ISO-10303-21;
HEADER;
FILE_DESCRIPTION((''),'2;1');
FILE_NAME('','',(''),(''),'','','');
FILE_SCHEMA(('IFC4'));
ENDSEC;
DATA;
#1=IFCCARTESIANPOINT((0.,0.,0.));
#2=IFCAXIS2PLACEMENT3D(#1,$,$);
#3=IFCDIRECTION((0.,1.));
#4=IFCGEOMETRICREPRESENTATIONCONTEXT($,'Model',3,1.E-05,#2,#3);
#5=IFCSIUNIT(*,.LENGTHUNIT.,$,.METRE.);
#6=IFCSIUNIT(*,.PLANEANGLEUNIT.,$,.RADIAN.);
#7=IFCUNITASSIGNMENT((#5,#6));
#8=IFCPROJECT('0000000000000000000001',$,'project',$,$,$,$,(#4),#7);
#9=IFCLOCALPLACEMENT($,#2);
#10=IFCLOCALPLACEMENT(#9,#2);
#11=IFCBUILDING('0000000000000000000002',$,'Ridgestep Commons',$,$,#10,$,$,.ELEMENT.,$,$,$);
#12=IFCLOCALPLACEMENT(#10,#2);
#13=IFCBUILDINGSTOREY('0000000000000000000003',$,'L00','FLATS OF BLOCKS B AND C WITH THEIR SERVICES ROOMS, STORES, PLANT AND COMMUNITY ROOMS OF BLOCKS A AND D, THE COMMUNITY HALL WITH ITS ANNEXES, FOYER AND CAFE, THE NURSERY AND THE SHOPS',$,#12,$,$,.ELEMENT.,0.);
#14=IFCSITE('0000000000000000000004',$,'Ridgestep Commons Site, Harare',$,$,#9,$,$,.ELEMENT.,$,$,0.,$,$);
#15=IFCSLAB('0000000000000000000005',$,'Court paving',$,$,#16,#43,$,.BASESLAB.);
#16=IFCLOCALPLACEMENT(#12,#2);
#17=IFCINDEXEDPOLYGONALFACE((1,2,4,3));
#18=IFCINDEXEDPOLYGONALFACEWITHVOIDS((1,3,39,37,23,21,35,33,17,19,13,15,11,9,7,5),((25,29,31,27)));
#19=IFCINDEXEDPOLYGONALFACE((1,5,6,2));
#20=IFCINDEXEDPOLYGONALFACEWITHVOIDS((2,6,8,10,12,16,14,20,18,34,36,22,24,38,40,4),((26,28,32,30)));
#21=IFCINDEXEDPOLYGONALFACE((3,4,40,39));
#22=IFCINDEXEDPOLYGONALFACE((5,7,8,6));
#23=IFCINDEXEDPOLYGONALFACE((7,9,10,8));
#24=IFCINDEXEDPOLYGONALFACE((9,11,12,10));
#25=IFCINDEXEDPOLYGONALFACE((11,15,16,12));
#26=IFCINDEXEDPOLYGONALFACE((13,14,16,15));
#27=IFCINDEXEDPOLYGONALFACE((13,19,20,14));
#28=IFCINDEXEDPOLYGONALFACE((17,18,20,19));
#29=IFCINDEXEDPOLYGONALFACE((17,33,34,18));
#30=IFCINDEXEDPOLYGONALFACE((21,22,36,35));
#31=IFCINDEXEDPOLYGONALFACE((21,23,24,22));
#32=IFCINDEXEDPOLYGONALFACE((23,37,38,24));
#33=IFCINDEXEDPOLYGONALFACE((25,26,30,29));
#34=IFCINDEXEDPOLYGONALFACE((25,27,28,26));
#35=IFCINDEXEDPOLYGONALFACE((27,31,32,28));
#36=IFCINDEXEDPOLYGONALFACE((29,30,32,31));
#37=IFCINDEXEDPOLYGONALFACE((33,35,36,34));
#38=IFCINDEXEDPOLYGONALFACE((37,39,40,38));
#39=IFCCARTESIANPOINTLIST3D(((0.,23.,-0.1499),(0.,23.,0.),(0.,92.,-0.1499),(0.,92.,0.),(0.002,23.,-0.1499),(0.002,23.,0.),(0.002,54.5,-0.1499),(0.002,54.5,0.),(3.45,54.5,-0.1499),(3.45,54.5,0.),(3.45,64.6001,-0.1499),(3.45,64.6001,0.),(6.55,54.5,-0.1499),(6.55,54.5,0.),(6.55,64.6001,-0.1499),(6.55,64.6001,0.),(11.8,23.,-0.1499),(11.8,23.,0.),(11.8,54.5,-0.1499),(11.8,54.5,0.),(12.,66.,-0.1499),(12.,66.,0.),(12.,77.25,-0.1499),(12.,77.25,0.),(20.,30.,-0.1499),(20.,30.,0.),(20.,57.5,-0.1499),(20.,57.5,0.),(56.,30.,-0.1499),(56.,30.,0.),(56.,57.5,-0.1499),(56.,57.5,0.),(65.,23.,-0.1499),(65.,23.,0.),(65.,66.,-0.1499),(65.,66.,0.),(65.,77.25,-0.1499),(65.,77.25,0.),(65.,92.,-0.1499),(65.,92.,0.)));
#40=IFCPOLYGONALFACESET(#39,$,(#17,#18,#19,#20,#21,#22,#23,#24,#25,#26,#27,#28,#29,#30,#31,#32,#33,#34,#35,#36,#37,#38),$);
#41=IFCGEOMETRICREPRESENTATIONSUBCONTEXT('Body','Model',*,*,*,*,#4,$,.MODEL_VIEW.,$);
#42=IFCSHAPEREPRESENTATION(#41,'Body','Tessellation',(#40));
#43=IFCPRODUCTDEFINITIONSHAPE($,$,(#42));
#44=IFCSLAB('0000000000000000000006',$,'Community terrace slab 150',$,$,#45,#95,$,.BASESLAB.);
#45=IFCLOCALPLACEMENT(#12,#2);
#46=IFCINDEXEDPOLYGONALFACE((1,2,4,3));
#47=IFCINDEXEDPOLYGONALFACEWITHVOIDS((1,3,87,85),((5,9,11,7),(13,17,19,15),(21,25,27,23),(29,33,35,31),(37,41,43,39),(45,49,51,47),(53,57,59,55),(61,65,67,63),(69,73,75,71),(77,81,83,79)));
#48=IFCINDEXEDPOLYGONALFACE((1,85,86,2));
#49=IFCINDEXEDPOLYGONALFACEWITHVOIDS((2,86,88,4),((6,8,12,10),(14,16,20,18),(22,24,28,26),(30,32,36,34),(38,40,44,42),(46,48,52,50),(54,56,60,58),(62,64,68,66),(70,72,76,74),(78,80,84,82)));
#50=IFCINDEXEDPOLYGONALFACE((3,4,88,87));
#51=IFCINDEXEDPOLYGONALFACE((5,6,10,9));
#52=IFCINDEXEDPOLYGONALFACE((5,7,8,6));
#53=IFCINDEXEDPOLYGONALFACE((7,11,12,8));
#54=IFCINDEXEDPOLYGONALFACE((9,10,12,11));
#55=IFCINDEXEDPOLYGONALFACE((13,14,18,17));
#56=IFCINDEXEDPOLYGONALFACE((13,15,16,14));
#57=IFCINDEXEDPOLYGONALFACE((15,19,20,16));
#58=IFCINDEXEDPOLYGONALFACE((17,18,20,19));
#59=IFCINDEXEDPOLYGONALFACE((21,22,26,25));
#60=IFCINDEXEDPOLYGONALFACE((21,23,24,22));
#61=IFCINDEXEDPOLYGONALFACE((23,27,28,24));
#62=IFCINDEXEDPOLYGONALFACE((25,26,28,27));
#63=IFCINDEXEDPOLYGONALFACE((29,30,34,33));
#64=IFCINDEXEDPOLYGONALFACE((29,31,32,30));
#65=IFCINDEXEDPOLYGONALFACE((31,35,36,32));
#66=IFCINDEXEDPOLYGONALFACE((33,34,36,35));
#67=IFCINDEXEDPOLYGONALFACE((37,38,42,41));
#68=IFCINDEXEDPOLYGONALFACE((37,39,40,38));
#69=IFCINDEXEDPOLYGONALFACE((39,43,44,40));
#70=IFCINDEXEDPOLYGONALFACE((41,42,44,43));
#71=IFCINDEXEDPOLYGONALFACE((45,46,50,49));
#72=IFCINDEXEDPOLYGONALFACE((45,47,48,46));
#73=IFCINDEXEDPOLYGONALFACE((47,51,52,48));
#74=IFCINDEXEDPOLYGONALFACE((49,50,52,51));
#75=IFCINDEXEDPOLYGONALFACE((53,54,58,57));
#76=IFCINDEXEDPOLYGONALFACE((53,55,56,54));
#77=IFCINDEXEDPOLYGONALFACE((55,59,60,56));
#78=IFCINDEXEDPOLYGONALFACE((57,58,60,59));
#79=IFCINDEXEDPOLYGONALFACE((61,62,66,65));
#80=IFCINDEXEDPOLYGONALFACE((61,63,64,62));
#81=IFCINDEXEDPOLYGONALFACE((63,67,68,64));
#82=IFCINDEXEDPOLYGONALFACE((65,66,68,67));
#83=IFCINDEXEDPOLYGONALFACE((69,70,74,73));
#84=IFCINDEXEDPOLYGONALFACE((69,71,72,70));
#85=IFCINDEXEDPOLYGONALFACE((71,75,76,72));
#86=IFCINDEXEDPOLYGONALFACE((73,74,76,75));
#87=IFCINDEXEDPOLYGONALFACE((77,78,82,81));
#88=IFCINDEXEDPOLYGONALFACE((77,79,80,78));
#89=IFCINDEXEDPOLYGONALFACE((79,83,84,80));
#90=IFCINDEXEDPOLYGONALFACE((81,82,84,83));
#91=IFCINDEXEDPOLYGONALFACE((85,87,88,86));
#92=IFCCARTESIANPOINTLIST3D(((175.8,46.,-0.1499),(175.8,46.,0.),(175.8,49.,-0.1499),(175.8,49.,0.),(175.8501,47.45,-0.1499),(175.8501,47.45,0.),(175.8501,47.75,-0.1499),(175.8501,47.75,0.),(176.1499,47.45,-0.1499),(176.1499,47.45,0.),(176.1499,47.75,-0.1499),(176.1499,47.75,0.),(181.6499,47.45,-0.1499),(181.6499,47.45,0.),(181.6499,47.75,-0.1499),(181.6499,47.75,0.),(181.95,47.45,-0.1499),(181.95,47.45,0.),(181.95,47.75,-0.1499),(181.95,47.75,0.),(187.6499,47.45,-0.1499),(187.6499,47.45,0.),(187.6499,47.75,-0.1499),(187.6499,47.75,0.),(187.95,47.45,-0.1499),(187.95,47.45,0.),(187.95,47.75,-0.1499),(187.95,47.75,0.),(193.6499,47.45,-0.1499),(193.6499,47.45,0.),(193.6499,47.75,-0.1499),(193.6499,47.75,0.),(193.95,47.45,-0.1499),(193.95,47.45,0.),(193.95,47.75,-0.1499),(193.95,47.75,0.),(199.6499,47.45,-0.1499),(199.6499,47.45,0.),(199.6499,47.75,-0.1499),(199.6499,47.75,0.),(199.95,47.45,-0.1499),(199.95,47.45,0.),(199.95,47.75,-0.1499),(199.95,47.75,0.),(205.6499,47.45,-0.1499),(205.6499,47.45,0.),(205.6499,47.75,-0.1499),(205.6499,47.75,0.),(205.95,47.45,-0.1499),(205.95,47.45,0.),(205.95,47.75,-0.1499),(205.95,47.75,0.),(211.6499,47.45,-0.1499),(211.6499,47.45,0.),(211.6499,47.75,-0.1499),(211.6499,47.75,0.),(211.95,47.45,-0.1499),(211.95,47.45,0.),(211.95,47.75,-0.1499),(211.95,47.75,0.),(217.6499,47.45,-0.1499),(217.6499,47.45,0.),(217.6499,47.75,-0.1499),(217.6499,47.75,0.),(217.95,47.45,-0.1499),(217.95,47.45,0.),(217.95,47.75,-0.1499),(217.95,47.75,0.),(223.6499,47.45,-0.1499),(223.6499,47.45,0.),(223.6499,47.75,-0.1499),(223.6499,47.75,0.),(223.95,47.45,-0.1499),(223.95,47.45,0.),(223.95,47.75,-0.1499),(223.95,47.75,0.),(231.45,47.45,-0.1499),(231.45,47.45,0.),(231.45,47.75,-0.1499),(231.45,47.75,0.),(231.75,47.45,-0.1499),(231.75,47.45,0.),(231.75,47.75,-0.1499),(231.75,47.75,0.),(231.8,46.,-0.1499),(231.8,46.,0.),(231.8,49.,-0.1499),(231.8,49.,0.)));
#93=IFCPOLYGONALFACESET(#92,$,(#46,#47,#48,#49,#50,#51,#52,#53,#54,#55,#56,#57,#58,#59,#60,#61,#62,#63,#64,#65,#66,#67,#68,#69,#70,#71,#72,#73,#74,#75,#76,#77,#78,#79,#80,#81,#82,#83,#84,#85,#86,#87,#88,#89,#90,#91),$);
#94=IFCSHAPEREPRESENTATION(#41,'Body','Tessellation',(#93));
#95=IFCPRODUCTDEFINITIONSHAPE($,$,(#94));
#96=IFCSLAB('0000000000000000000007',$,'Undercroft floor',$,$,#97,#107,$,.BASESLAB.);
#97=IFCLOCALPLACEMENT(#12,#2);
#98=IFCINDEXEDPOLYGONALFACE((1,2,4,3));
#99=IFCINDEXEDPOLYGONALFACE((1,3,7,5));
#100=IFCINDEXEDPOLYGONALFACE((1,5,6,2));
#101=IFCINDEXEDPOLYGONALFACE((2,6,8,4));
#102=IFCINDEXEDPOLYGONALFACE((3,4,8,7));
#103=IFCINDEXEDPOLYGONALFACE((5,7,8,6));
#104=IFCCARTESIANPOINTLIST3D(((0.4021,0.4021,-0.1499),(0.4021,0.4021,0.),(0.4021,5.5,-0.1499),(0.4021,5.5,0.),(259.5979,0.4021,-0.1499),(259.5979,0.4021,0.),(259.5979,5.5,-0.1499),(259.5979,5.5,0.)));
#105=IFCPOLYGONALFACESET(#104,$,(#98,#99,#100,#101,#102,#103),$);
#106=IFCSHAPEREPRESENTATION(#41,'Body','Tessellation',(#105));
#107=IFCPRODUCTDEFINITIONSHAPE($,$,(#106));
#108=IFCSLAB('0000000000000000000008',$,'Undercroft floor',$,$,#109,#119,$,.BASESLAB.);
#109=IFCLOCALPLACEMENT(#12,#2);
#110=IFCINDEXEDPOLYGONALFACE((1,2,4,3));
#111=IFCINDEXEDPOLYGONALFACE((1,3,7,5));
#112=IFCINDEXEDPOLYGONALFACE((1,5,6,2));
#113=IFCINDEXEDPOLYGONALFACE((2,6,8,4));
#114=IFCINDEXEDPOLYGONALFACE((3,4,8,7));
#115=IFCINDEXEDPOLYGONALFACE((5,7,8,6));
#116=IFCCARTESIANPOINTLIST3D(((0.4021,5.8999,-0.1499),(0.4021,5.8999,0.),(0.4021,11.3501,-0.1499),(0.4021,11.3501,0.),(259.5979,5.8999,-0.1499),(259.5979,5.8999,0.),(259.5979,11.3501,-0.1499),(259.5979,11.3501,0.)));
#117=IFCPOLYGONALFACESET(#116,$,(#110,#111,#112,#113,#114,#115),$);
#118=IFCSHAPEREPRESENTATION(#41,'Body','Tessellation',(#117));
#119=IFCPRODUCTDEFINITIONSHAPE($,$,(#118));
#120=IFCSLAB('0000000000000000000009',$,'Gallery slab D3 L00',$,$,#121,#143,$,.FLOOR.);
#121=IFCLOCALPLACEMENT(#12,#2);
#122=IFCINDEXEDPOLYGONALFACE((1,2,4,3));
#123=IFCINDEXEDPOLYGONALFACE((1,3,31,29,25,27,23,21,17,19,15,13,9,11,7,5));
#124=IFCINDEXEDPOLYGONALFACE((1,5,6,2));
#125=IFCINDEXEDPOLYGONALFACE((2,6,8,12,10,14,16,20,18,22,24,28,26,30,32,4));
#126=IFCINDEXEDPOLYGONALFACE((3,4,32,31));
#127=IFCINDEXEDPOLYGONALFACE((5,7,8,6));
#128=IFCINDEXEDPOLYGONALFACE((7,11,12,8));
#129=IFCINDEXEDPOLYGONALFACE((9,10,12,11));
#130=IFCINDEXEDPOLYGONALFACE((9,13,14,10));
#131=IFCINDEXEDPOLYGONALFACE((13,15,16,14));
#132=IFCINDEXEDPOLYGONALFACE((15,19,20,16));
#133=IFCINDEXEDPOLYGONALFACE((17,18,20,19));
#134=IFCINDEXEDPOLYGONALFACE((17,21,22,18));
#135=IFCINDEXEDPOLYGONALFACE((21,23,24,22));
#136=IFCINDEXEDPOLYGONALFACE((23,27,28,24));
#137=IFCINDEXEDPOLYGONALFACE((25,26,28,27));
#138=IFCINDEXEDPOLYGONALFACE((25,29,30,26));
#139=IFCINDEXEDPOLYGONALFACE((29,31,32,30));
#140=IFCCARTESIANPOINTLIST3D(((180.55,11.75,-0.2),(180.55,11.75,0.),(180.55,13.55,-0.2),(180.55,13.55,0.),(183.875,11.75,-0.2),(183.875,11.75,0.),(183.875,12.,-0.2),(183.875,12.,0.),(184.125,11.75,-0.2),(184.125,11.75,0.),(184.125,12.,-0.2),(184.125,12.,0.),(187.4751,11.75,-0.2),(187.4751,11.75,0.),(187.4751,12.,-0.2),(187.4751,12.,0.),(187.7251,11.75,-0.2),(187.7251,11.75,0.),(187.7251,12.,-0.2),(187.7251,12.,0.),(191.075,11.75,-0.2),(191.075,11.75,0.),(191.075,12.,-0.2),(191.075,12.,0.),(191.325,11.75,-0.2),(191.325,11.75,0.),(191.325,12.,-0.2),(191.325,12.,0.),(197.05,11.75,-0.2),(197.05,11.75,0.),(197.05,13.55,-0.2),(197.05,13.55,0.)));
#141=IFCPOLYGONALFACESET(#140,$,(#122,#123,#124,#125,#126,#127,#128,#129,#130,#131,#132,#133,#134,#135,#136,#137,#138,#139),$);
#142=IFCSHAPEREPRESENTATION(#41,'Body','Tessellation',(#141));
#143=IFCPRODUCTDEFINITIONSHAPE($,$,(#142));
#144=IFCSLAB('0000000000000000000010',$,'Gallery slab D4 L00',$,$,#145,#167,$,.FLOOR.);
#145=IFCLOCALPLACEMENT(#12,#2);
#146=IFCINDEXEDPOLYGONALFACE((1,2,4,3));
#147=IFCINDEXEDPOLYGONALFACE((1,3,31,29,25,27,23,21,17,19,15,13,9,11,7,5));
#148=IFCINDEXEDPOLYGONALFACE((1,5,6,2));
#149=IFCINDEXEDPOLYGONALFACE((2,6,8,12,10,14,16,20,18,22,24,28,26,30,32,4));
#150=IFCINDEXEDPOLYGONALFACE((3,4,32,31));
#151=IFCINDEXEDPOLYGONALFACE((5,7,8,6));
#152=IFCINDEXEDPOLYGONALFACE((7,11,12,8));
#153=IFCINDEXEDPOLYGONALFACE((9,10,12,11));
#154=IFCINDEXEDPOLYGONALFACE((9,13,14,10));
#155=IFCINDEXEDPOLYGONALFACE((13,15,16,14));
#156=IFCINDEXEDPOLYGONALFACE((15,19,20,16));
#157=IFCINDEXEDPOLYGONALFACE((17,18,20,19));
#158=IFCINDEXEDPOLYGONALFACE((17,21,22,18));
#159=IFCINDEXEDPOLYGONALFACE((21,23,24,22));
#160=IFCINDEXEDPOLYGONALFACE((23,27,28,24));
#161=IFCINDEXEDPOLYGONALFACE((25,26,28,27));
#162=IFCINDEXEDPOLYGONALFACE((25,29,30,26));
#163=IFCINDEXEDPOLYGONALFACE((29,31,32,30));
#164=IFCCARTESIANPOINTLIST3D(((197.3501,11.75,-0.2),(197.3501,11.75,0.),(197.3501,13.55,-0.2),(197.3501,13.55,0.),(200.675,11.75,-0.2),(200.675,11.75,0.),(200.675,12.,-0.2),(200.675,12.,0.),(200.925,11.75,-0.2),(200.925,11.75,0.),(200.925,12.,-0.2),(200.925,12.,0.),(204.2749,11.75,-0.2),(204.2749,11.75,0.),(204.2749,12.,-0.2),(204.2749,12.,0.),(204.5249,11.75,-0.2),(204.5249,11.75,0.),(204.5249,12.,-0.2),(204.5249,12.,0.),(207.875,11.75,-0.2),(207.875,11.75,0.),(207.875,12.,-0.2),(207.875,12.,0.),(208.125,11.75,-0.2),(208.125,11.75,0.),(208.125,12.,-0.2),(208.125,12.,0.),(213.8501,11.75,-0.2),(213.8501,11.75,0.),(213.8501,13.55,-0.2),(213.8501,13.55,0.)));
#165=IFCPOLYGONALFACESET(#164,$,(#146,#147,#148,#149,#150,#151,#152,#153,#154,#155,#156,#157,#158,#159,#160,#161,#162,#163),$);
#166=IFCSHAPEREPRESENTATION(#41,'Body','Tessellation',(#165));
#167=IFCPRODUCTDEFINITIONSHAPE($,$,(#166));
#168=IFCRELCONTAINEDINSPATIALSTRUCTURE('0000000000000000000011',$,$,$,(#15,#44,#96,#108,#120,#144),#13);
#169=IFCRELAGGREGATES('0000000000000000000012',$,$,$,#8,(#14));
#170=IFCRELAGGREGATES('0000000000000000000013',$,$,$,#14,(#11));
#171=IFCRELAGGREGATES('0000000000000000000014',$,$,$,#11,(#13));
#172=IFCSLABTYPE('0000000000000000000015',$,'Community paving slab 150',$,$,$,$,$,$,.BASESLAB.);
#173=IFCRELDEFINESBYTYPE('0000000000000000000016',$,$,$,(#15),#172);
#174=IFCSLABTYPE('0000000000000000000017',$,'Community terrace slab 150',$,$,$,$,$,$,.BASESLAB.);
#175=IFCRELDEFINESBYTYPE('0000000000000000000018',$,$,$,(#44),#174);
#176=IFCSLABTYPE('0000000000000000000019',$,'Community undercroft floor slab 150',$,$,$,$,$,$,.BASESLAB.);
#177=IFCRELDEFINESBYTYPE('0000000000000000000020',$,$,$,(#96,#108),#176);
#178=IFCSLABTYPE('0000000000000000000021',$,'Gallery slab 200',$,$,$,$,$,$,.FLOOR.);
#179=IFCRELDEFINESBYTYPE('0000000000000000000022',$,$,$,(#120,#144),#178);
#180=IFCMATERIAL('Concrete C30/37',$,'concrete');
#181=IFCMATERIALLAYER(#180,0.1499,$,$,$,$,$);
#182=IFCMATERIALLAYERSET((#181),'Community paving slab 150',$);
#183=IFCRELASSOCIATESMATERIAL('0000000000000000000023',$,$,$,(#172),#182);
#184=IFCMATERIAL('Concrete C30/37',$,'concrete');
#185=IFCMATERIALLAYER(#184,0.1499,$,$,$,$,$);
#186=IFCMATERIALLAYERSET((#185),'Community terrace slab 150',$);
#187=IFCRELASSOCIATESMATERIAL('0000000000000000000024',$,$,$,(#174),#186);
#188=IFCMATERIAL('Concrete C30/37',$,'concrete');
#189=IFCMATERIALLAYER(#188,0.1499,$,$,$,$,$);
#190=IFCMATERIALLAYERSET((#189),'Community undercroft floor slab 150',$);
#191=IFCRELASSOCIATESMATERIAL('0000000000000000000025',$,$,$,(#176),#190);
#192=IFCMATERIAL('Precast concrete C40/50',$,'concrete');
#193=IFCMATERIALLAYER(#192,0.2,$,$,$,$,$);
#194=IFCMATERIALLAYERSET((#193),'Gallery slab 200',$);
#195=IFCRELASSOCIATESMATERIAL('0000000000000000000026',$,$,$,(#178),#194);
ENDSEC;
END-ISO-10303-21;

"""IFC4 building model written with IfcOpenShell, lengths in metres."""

from ifc_helpers import new_model, si_unit, direction, frame, origin, place, context, subcontext, project, spatial, polyline, outline, extrude, material, layer, layer_set, type_object, element, save


model = new_model("IFC4")

# Units and contexts
model_context = context("Model", 3, precision=1e-05, world=origin(), true_north=direction((0.0, 1.0)))
body_context = subcontext(model_context, "Body", "Model", "MODEL_VIEW")
ifc_project = project(units=[si_unit("LENGTHUNIT", "METRE"), si_unit("PLANEANGLEUNIT", "RADIAN")], contexts=[model_context])

# Site, building, storey
site_placement = place(None, origin())
site = spatial("IfcSite", under=ifc_project, at=site_placement, Name="Ridgestep Commons Site, Harare", CompositionType="ELEMENT", RefElevation=0.0)
building_placement = place(site_placement, origin())
building = spatial("IfcBuilding", under=site, at=building_placement, Name="Ridgestep Commons", CompositionType="ELEMENT")
storey_placement = place(building_placement, origin())
storey = spatial("IfcBuildingStorey", under=building, at=storey_placement, Name="L00", Description="FLATS OF BLOCKS B AND C WITH THEIR SERVICES ROOMS, STORES, PLANT AND COMMUNITY ROOMS OF BLOCKS A AND D, THE COMMUNITY HALL WITH ITS ANNEXES, FOYER AND CAFE, THE NURSERY AND THE SHOPS", CompositionType="ELEMENT", Elevation=0.0)

# Slabs
ifc_material_1 = material(Name="Concrete C30/37", Category="concrete")
ifc_layer_1 = layer(ifc_material_1, 0.1499)
ifc_layer_set_1 = layer_set([ifc_layer_1], Name="Community paving slab 150")
slab_type_1 = type_object("IfcSlabType", Name="Community paving slab 150", PredefinedType="BASESLAB", material=ifc_layer_set_1)
slab_1_placement = place(storey_placement, frame((0.0, 0.0, -0.1499)))
element("IfcSlab", 1, at=slab_1_placement, inside=storey, type_object=slab_type_1, Name="Court paving", PredefinedType="BASESLAB", context=body_context, shape_type="SweptSolid", body=[
    extrude(outline(polyline([(65.0, 23.0), (11.8, 23.0), (11.8, 54.5), (6.55, 54.5), (6.55, 64.6001), (3.45, 64.6001), (3.45, 54.5), (0.002, 54.5), (0.002, 23.0), (0.0, 23.0), (0.0, 92.0), (65.0, 92.0), (65.0, 77.25), (12.0, 77.25), (12.0, 66.0), (65.0, 66.0), (65.0, 23.0)]), holes=[polyline([(56.0, 30.0), (56.0, 57.5), (20.0, 57.5), (20.0, 30.0), (56.0, 30.0)])]), origin(), (0.0, 0.0, 1.0), 0.1499),
])
ifc_material_2 = material(Name="Concrete C30/37", Category="concrete")
ifc_layer_2 = layer(ifc_material_2, 0.1499)
ifc_layer_set_2 = layer_set([ifc_layer_2], Name="Community terrace slab 150")
slab_type_2 = type_object("IfcSlabType", Name="Community terrace slab 150", PredefinedType="BASESLAB", material=ifc_layer_set_2)
slab_2_placement = place(storey_placement, frame((0.0, 0.0, -0.1499)))
element("IfcSlab", 2, at=slab_2_placement, inside=storey, type_object=slab_type_2, Name="Community terrace slab 150", PredefinedType="BASESLAB", context=body_context, shape_type="SweptSolid", body=[
    extrude(outline(polyline([(231.8, 49.0), (231.8, 46.0), (175.8, 46.0), (175.8, 49.0), (231.8, 49.0)]), holes=[polyline([(175.8501, 47.75), (175.8501, 47.45), (176.1499, 47.45), (176.1499, 47.75), (175.8501, 47.75)]), polyline([(181.95, 47.75), (181.6499, 47.75), (181.6499, 47.45), (181.95, 47.45), (181.95, 47.75)]), polyline([(187.95, 47.45), (187.95, 47.75), (187.6499, 47.75), (187.6499, 47.45), (187.95, 47.45)]), polyline([(193.6499, 47.45), (193.95, 47.45), (193.95, 47.75), (193.6499, 47.75), (193.6499, 47.45)]), polyline([(199.6499, 47.75), (199.6499, 47.45), (199.95, 47.45), (199.95, 47.75), (199.6499, 47.75)]), polyline([(205.95, 47.75), (205.6499, 47.75), (205.6499, 47.45), (205.95, 47.45), (205.95, 47.75)]), polyline([(211.95, 47.45), (211.95, 47.75), (211.6499, 47.75), (211.6499, 47.45), (211.95, 47.45)]), polyline([(217.6499, 47.45), (217.95, 47.45), (217.95, 47.75), (217.6499, 47.75), (217.6499, 47.45)]), polyline([(223.6499, 47.75), (223.6499, 47.45), (223.95, 47.45), (223.95, 47.75), (223.6499, 47.75)]), polyline([(231.75, 47.75), (231.45, 47.75), (231.45, 47.45), (231.75, 47.45), (231.75, 47.75)])]), origin(), (0.0, 0.0, 1.0), 0.1499),
])
ifc_material_3 = material(Name="Concrete C30/37", Category="concrete")
ifc_layer_3 = layer(ifc_material_3, 0.1499)
ifc_layer_set_3 = layer_set([ifc_layer_3], Name="Community undercroft floor slab 150")
slab_type_3 = type_object("IfcSlabType", Name="Community undercroft floor slab 150", PredefinedType="BASESLAB", material=ifc_layer_set_3)
slab_3_placement = place(storey_placement, frame((0.0, 0.0, -0.1499)))
element("IfcSlab", 3, at=slab_3_placement, inside=storey, type_object=slab_type_3, Name="Undercroft floor", PredefinedType="BASESLAB", context=body_context, shape_type="SweptSolid", body=[
    extrude(outline(polyline([(0.4021, 0.4021), (259.5979, 0.4021), (259.5979, 5.5), (0.4021, 5.5), (0.4021, 0.4021)])), origin(), (0.0, 0.0, 1.0), 0.1499),
])
slab_4_placement = place(storey_placement, frame((0.0, 0.0, -0.1499)))
element("IfcSlab", 4, at=slab_4_placement, inside=storey, type_object=slab_type_3, Name="Undercroft floor", PredefinedType="BASESLAB", context=body_context, shape_type="SweptSolid", body=[
    extrude(outline(polyline([(0.4021, 5.8999), (259.5979, 5.8999), (259.5979, 11.3501), (0.4021, 11.3501), (0.4021, 5.8999)])), origin(), (0.0, 0.0, 1.0), 0.1499),
])
ifc_material_4 = material(Name="Precast concrete C40/50", Category="concrete")
ifc_layer_4 = layer(ifc_material_4, 0.2)
ifc_layer_set_4 = layer_set([ifc_layer_4], Name="Gallery slab 200")
slab_type_4 = type_object("IfcSlabType", Name="Gallery slab 200", PredefinedType="FLOOR", material=ifc_layer_set_4)
slab_5_placement = place(storey_placement, frame((0.0, 0.0, -0.2)))
element("IfcSlab", 5, at=slab_5_placement, inside=storey, type_object=slab_type_4, Name="Gallery slab D3 L00", PredefinedType="FLOOR", context=body_context, shape_type="SweptSolid", body=[
    extrude(outline(polyline([(197.05, 13.55), (180.55, 13.55), (180.55, 11.75), (183.875, 11.75), (183.875, 12.0), (184.125, 12.0), (184.125, 11.75), (187.4751, 11.75), (187.4751, 12.0), (187.7251, 12.0), (187.7251, 11.75), (191.075, 11.75), (191.075, 12.0), (191.325, 12.0), (191.325, 11.75), (197.05, 11.75), (197.05, 13.55)])), origin(), (0.0, 0.0, 1.0), 0.2),
])
slab_6_placement = place(storey_placement, frame((0.0, 0.0, -0.2)))
element("IfcSlab", 6, at=slab_6_placement, inside=storey, type_object=slab_type_4, Name="Gallery slab D4 L00", PredefinedType="FLOOR", context=body_context, shape_type="SweptSolid", body=[
    extrude(outline(polyline([(213.8501, 13.55), (197.3501, 13.55), (197.3501, 11.75), (200.675, 11.75), (200.675, 12.0), (200.925, 12.0), (200.925, 11.75), (204.2749, 11.75), (204.2749, 12.0), (204.5249, 12.0), (204.5249, 11.75), (207.875, 11.75), (207.875, 12.0), (208.125, 12.0), (208.125, 11.75), (213.8501, 11.75), (213.8501, 13.55)])), origin(), (0.0, 0.0, 1.0), 0.2),
])

save(model, "model.ifc")
